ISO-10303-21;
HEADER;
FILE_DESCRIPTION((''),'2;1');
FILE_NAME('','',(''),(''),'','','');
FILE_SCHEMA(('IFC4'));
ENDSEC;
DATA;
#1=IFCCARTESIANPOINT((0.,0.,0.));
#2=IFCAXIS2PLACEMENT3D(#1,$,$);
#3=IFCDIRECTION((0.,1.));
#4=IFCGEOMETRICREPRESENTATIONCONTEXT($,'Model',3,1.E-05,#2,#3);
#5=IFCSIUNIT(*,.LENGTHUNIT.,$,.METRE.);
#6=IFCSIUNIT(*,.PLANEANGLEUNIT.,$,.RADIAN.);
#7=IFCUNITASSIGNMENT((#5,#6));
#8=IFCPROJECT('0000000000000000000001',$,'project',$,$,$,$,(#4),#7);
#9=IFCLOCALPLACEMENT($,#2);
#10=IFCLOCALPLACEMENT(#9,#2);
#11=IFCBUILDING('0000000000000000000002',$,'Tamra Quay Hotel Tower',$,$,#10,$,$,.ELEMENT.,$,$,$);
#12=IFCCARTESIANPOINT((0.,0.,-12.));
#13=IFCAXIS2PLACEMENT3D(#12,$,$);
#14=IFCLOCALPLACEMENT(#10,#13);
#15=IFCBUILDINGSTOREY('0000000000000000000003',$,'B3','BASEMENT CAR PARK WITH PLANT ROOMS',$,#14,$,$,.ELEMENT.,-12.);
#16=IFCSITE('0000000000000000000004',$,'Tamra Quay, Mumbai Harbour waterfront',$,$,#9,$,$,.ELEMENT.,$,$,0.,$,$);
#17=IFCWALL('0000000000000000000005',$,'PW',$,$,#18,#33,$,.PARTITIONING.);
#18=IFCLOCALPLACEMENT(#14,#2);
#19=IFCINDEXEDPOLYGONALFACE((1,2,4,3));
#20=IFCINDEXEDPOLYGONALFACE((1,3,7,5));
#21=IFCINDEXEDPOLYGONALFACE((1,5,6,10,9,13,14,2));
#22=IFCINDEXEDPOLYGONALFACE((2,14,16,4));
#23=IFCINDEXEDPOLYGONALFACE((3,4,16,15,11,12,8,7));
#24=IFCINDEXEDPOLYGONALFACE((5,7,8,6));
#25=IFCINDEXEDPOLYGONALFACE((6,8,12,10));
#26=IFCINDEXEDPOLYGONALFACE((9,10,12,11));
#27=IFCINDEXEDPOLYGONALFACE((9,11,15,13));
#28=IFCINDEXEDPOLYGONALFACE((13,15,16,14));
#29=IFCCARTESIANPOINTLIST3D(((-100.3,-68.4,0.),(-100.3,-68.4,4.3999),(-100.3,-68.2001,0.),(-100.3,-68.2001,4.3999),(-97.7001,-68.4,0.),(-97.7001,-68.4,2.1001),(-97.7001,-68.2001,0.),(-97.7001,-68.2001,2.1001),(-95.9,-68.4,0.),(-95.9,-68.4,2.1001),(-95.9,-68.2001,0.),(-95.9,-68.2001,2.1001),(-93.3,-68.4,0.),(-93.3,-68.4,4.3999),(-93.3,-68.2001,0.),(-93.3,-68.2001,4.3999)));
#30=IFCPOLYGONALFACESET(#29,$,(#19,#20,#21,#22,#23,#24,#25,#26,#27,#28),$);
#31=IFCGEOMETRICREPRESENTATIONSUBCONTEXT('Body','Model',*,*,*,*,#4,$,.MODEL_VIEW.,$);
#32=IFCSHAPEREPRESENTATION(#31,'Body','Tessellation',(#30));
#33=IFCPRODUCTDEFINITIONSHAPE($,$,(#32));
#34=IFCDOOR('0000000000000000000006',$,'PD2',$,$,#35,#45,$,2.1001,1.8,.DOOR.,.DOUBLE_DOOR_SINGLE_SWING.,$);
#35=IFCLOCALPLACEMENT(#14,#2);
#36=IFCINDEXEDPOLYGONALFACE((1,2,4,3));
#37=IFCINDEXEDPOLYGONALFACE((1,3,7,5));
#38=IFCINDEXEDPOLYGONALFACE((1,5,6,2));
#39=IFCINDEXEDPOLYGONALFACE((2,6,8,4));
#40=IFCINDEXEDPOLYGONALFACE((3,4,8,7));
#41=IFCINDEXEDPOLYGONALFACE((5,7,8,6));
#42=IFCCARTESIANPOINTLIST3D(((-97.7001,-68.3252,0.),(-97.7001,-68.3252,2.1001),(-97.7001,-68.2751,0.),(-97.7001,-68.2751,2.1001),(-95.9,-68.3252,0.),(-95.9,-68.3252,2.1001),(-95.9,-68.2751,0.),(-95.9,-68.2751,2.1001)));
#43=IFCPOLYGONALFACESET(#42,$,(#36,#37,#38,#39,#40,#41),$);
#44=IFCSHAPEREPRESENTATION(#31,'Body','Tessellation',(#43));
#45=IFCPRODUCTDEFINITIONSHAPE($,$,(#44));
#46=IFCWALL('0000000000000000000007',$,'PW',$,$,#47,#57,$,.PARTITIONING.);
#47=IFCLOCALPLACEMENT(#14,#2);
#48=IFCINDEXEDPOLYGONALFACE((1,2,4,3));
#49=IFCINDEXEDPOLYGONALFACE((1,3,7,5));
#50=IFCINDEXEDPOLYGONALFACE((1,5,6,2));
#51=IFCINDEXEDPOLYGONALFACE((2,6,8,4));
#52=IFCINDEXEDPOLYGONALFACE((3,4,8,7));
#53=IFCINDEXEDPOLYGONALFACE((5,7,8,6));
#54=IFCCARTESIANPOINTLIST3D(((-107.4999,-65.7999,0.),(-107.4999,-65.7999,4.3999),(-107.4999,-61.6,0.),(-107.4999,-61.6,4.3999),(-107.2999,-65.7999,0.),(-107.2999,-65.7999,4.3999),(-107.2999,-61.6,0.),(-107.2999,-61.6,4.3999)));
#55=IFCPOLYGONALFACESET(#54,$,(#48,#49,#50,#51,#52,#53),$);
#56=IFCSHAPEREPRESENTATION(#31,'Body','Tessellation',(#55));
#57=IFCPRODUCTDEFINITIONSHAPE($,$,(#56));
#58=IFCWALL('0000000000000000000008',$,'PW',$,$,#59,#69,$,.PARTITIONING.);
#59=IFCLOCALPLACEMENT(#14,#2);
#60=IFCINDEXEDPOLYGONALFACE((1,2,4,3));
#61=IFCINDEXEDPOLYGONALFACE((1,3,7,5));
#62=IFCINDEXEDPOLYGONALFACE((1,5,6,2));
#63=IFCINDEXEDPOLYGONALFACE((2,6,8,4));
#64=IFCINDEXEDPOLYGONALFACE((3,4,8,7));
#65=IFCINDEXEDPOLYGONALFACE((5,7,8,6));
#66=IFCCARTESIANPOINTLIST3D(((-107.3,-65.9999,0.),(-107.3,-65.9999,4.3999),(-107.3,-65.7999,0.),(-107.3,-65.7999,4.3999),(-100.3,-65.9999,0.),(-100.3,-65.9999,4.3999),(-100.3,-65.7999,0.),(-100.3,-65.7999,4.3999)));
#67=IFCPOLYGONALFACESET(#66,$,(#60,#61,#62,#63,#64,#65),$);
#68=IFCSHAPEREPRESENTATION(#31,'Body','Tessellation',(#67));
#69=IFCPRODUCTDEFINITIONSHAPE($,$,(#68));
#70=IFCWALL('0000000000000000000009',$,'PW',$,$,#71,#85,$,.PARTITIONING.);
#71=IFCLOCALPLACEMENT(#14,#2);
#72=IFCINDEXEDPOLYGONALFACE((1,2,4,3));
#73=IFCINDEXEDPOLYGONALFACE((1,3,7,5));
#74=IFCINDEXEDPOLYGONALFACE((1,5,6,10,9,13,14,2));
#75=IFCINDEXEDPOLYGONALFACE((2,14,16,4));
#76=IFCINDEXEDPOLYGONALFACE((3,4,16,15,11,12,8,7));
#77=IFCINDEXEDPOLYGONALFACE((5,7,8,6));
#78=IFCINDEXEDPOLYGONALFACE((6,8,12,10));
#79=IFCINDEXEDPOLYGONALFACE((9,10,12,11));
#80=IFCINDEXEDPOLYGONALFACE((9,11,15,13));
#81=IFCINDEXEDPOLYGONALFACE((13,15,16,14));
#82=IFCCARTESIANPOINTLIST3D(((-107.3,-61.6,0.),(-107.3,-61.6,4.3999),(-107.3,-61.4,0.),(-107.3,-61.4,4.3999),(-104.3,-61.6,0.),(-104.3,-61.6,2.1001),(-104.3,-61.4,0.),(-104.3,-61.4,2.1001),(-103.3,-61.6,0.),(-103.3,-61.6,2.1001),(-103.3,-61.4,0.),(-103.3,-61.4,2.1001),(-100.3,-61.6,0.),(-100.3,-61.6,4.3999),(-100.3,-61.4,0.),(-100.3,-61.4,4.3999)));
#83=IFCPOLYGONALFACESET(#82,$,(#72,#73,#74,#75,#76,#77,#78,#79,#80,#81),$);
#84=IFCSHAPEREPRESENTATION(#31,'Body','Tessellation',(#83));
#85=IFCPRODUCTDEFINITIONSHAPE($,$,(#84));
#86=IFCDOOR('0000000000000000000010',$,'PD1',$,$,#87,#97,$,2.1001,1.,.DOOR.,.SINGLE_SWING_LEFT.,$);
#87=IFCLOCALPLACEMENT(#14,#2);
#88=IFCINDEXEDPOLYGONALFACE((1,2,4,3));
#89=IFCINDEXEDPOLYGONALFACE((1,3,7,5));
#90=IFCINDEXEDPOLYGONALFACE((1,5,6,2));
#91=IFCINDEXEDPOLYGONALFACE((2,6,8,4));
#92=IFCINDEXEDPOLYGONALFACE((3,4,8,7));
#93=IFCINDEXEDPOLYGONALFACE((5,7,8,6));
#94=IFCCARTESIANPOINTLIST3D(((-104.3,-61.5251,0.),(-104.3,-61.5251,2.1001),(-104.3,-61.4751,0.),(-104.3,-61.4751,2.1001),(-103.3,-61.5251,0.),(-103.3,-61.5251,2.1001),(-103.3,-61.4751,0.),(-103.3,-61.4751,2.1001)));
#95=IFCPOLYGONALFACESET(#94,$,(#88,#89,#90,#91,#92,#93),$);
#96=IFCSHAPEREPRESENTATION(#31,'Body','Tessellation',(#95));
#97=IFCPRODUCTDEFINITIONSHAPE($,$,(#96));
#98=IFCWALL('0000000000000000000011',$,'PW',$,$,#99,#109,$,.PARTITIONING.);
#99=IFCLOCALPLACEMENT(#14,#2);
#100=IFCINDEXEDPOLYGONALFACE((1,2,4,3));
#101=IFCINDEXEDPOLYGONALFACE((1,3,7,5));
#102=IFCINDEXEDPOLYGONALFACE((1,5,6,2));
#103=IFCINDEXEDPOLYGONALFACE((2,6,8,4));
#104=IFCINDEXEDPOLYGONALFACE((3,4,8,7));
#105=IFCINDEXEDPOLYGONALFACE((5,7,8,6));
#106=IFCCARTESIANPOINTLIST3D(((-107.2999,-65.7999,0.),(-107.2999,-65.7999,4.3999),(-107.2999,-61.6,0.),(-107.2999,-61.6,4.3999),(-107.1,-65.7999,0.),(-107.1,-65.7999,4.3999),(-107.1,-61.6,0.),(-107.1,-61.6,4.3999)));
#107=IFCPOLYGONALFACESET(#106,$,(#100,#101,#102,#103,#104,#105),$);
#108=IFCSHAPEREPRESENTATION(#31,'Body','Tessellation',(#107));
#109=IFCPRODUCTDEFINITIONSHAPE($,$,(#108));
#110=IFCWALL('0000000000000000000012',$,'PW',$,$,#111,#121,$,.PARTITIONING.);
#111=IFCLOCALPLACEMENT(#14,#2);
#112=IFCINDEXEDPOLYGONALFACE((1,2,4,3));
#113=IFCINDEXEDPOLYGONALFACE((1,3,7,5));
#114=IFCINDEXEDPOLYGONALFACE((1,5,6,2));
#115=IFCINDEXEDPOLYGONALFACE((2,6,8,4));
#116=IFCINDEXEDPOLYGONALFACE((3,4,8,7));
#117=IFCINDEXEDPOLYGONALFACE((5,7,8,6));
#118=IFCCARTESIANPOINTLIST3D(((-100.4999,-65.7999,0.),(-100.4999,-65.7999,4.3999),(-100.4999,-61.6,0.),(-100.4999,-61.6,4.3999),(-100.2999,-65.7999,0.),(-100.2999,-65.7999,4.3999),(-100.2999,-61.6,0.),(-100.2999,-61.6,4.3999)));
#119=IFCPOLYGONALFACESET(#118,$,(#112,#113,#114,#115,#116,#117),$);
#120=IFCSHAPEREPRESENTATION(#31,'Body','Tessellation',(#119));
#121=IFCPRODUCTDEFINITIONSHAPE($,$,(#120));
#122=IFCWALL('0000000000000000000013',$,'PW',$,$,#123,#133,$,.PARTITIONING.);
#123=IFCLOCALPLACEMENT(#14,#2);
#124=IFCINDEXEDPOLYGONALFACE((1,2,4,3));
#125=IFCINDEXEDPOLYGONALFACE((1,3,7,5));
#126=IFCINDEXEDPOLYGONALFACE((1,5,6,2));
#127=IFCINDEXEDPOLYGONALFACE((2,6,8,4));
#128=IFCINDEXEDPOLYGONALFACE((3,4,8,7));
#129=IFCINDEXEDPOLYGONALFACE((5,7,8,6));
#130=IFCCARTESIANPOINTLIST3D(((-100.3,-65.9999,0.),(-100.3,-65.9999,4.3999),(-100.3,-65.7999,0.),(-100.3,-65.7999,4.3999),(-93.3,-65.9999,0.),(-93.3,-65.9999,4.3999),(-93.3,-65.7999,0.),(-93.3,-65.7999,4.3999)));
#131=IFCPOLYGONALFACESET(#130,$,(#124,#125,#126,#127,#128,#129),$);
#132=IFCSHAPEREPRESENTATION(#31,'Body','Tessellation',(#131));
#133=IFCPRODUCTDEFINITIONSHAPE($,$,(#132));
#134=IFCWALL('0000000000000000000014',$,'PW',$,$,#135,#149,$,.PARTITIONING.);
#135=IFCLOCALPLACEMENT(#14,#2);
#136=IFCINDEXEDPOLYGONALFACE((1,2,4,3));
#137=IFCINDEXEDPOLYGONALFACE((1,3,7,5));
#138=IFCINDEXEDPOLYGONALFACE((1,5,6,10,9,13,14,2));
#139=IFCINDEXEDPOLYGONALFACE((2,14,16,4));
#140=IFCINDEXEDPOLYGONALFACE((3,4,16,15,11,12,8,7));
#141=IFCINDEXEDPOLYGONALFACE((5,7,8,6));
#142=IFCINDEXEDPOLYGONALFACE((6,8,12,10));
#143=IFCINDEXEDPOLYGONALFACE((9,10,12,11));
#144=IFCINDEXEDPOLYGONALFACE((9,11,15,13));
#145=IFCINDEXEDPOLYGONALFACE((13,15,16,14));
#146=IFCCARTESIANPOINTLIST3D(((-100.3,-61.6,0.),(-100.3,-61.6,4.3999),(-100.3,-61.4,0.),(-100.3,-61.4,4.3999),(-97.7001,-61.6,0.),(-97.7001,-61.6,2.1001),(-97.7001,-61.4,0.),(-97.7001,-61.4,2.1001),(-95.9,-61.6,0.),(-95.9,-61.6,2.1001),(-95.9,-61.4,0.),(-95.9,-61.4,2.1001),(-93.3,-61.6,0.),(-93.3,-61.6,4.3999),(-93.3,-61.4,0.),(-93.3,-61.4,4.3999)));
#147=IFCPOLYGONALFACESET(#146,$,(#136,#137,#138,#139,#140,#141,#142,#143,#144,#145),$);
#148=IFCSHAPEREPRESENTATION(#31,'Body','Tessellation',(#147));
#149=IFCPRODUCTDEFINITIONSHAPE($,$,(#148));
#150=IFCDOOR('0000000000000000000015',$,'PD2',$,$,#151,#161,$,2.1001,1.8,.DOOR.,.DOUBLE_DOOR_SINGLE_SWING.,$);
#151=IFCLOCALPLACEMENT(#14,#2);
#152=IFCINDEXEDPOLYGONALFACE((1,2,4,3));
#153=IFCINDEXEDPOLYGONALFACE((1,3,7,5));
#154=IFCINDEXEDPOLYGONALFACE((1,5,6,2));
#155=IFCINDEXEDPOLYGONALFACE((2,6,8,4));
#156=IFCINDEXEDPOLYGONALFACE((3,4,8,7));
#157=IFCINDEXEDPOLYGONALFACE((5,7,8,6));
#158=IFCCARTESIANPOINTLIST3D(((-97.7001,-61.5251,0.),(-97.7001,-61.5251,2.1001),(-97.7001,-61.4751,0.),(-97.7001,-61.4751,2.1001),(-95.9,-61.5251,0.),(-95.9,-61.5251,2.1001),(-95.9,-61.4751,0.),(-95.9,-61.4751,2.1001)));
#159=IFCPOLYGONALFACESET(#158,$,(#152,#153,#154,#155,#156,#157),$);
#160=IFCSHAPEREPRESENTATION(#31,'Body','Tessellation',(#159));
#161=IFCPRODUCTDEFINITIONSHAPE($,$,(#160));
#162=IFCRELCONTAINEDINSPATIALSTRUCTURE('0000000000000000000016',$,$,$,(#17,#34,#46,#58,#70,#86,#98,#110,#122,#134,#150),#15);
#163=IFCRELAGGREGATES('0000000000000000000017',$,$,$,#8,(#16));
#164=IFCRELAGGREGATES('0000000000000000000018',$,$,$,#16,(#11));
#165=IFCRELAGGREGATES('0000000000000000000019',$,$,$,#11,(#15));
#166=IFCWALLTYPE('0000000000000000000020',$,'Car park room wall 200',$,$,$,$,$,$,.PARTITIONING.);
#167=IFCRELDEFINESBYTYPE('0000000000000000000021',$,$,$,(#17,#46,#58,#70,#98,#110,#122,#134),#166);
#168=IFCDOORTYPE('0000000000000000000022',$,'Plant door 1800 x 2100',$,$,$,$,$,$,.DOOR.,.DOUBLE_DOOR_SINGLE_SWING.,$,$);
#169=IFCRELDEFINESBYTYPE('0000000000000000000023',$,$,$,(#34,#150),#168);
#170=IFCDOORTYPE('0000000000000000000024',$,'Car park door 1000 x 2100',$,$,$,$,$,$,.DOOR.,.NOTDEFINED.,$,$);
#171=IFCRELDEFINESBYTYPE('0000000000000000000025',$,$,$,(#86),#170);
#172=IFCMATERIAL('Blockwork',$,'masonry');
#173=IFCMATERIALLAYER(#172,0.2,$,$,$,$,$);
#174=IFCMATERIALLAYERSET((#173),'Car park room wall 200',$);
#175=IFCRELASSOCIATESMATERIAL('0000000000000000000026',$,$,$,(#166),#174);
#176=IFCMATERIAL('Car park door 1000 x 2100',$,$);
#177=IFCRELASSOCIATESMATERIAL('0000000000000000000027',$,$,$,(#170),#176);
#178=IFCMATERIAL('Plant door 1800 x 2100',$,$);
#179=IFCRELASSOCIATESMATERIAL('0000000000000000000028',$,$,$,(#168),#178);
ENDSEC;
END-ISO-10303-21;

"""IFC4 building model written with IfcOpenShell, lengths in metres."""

from ifc_helpers import new_model, si_unit, direction, frame, frame_2d, origin, place, context, subcontext, project, spatial, rectangle, extrude, material, layer, layer_set, type_object, element, fill, save


model = new_model("IFC4")

# Units and contexts
model_context = context("Model", 3, precision=1e-05, world=origin(), true_north=direction((0.0, 1.0)))
body_context = subcontext(model_context, "Body", "Model", "MODEL_VIEW")
ifc_project = project(units=[si_unit("LENGTHUNIT", "METRE"), si_unit("PLANEANGLEUNIT", "RADIAN")], contexts=[model_context])

# Site, building, storey
site_placement = place(None, origin())
site = spatial("IfcSite", under=ifc_project, at=site_placement, Name="Tamra Quay, Mumbai Harbour waterfront", CompositionType="ELEMENT", RefElevation=0.0)
building_placement = place(site_placement, origin())
building = spatial("IfcBuilding", under=site, at=building_placement, Name="Tamra Quay Hotel Tower", CompositionType="ELEMENT")
storey_placement = place(building_placement, frame((0.0, 0.0, -12.0)))
storey = spatial("IfcBuildingStorey", under=building, at=storey_placement, Name="B3", Description="BASEMENT CAR PARK WITH PLANT ROOMS", CompositionType="ELEMENT", Elevation=-12.0)

# Wall, opening, door
ifc_material_1 = material(Name="Blockwork", Category="masonry")
ifc_layer = layer(ifc_material_1, 0.2)
ifc_layer_set = layer_set([ifc_layer], Name="Car park room wall 200")
wall_type = type_object("IfcWallType", Name="Car park room wall 200", PredefinedType="PARTITIONING", material=ifc_layer_set)
ifc_material_2 = material(Name="Car park door 1000 x 2100")
door_type_1 = type_object("IfcDoorType", Name="Car park door 1000 x 2100", OperationType="NOTDEFINED", PredefinedType="DOOR", material=ifc_material_2)
wall_1_placement = place(storey_placement, frame((-100.3, -68.3, 0.0), z_axis=(0.0, 0.0, 1.0), x_axis=(1.0, 0.0, 0.0)))
wall_1 = element("IfcWall", 1, at=wall_1_placement, inside=storey, type_object=wall_type, Name="PW", PredefinedType="PARTITIONING", context=body_context, shape_type="SweptSolid", body=[
    extrude(rectangle(XDim=7.0, YDim=0.2, at=frame_2d((3.5, 0.0))), origin(), (0.0, 0.0, 1.0), 4.3999),
])
opening_1_placement = place(wall_1_placement, frame((2.6001, 0.0, 0.0)))
opening_1 = element("IfcOpeningElement", 2, at=opening_1_placement, cuts=wall_1, PredefinedType="OPENING", context=body_context, shape_type="SweptSolid", body=[
    extrude(rectangle(XDim=1.8, YDim=2.1001, at=frame_2d((0.8999, 1.05))), frame((0.0, 0.1099, 0.0), z_axis=(0.0, -1.0, 0.0), x_axis=(1.0, 0.0, 0.0)), (0.0, 0.0, 1.0), 0.22),
])
ifc_material_3 = material(Name="Plant door 1800 x 2100")
door_type_2 = type_object("IfcDoorType", Name="Plant door 1800 x 2100", OperationType="DOUBLE_DOOR_SINGLE_SWING", PredefinedType="DOOR", material=ifc_material_3)
door_1_placement = place(opening_1_placement, origin())
door_1 = element("IfcDoor", 3, at=door_1_placement, inside=storey, type_object=door_type_2, Name="PD2", OperationType="DOUBLE_DOOR_SINGLE_SWING", OverallHeight=2.1001, OverallWidth=1.8, PredefinedType="DOOR", context=body_context, shape_type="SweptSolid", body=[
    extrude(rectangle(XDim=1.8, YDim=2.1001, at=frame_2d((0.8999, 1.05))), frame((0.0, 0.0249, 0.0), z_axis=(0.0, -1.0, 0.0), x_axis=(1.0, 0.0, 0.0)), (0.0, 0.0, 1.0), 0.05),
])
fill(opening_1, door_1)

# Walls
wall_2_placement = place(storey_placement, frame((-107.3999, -65.8, 0.0), z_axis=(0.0, 0.0, 1.0), x_axis=(0.0, 1.0, 0.0)))
element("IfcWall", 4, at=wall_2_placement, inside=storey, type_object=wall_type, Name="PW", PredefinedType="PARTITIONING", context=body_context, shape_type="SweptSolid", body=[
    extrude(rectangle(XDim=4.2, YDim=0.2, at=frame_2d((2.1001, 0.0))), origin(), (0.0, 0.0, 1.0), 4.3999),
])
wall_3_placement = place(storey_placement, frame((-107.3, -65.8999, 0.0), z_axis=(0.0, 0.0, 1.0), x_axis=(1.0, 0.0, 0.0)))
element("IfcWall", 5, at=wall_3_placement, inside=storey, type_object=wall_type, Name="PW", PredefinedType="PARTITIONING", context=body_context, shape_type="SweptSolid", body=[
    extrude(rectangle(XDim=7.0, YDim=0.2, at=frame_2d((3.5, 0.0))), origin(), (0.0, 0.0, 1.0), 4.3999),
])

# Wall, opening, door
wall_4_placement = place(storey_placement, frame((-107.3, -61.5, 0.0), z_axis=(0.0, 0.0, 1.0), x_axis=(1.0, 0.0, 0.0)))
wall_4 = element("IfcWall", 6, at=wall_4_placement, inside=storey, type_object=wall_type, Name="PW", PredefinedType="PARTITIONING", context=body_context, shape_type="SweptSolid", body=[
    extrude(rectangle(XDim=7.0, YDim=0.2, at=frame_2d((3.5, 0.0))), origin(), (0.0, 0.0, 1.0), 4.3999),
])
opening_2_placement = place(wall_4_placement, frame((3.0, 0.0, 0.0)))
opening_2 = element("IfcOpeningElement", 7, at=opening_2_placement, cuts=wall_4, PredefinedType="OPENING", context=body_context, shape_type="SweptSolid", body=[
    extrude(rectangle(XDim=1.0, YDim=2.1001, at=frame_2d((0.5, 1.05))), frame((0.0, 0.1099, 0.0), z_axis=(0.0, -1.0, 0.0), x_axis=(1.0, 0.0, 0.0)), (0.0, 0.0, 1.0), 0.22),
])
door_2_placement = place(opening_2_placement, origin())
door_2 = element("IfcDoor", 8, at=door_2_placement, inside=storey, type_object=door_type_1, Name="PD1", OperationType="SINGLE_SWING_LEFT", OverallHeight=2.1001, OverallWidth=1.0, PredefinedType="DOOR", context=body_context, shape_type="SweptSolid", body=[
    extrude(rectangle(XDim=1.0, YDim=2.1001, at=frame_2d((0.5, 1.05))), frame((0.0, 0.0249, 0.0), z_axis=(0.0, -1.0, 0.0), x_axis=(1.0, 0.0, 0.0)), (0.0, 0.0, 1.0), 0.05),
])
fill(opening_2, door_2)

# Walls
for number, where, z_axis, x_axis, name in (
    (9, (-107.2, -65.8, 0.0), (0.0, 0.0, 1.0), (0.0, 1.0, 0.0), "PW"),
    (10, (-100.3999, -65.8, 0.0), (0.0, 0.0, 1.0), (0.0, 1.0, 0.0), "PW"),
):
    element("IfcWall", number, at=place(storey_placement, frame(where, z_axis=z_axis, x_axis=x_axis)), inside=storey, type_object=wall_type, Name=name, PredefinedType="PARTITIONING", context=body_context, shape_type="SweptSolid", body=[
        extrude(rectangle(XDim=4.2, YDim=0.2, at=frame_2d((2.1001, 0.0))), origin(), (0.0, 0.0, 1.0), 4.3999),
    ])
wall_5_placement = place(storey_placement, frame((-100.3, -65.8999, 0.0), z_axis=(0.0, 0.0, 1.0), x_axis=(1.0, 0.0, 0.0)))
element("IfcWall", 11, at=wall_5_placement, inside=storey, type_object=wall_type, Name="PW", PredefinedType="PARTITIONING", context=body_context, shape_type="SweptSolid", body=[
    extrude(rectangle(XDim=7.0, YDim=0.2, at=frame_2d((3.5, 0.0))), origin(), (0.0, 0.0, 1.0), 4.3999),
])

# Wall, opening, door
wall_6_placement = place(storey_placement, frame((-100.3, -61.5, 0.0), z_axis=(0.0, 0.0, 1.0), x_axis=(1.0, 0.0, 0.0)))
wall_6 = element("IfcWall", 12, at=wall_6_placement, inside=storey, type_object=wall_type, Name="PW", PredefinedType="PARTITIONING", context=body_context, shape_type="SweptSolid", body=[
    extrude(rectangle(XDim=7.0, YDim=0.2, at=frame_2d((3.5, 0.0))), origin(), (0.0, 0.0, 1.0), 4.3999),
])
opening_3_placement = place(wall_6_placement, frame((2.6001, 0.0, 0.0)))
opening_3 = element("IfcOpeningElement", 13, at=opening_3_placement, cuts=wall_6, PredefinedType="OPENING", context=body_context, shape_type="SweptSolid", body=[
    extrude(rectangle(XDim=1.8, YDim=2.1001, at=frame_2d((0.8999, 1.05))), frame((0.0, 0.1099, 0.0), z_axis=(0.0, -1.0, 0.0), x_axis=(1.0, 0.0, 0.0)), (0.0, 0.0, 1.0), 0.22),
])
door_3_placement = place(opening_3_placement, origin())
door_3 = element("IfcDoor", 14, at=door_3_placement, inside=storey, type_object=door_type_2, Name="PD2", OperationType="DOUBLE_DOOR_SINGLE_SWING", OverallHeight=2.1001, OverallWidth=1.8, PredefinedType="DOOR", context=body_context, shape_type="SweptSolid", body=[
    extrude(rectangle(XDim=1.8, YDim=2.1001, at=frame_2d((0.8999, 1.05))), frame((0.0, 0.0249, 0.0), z_axis=(0.0, -1.0, 0.0), x_axis=(1.0, 0.0, 0.0)), (0.0, 0.0, 1.0), 0.05),
])
fill(opening_3, door_3)

save(model, "model.ifc")
